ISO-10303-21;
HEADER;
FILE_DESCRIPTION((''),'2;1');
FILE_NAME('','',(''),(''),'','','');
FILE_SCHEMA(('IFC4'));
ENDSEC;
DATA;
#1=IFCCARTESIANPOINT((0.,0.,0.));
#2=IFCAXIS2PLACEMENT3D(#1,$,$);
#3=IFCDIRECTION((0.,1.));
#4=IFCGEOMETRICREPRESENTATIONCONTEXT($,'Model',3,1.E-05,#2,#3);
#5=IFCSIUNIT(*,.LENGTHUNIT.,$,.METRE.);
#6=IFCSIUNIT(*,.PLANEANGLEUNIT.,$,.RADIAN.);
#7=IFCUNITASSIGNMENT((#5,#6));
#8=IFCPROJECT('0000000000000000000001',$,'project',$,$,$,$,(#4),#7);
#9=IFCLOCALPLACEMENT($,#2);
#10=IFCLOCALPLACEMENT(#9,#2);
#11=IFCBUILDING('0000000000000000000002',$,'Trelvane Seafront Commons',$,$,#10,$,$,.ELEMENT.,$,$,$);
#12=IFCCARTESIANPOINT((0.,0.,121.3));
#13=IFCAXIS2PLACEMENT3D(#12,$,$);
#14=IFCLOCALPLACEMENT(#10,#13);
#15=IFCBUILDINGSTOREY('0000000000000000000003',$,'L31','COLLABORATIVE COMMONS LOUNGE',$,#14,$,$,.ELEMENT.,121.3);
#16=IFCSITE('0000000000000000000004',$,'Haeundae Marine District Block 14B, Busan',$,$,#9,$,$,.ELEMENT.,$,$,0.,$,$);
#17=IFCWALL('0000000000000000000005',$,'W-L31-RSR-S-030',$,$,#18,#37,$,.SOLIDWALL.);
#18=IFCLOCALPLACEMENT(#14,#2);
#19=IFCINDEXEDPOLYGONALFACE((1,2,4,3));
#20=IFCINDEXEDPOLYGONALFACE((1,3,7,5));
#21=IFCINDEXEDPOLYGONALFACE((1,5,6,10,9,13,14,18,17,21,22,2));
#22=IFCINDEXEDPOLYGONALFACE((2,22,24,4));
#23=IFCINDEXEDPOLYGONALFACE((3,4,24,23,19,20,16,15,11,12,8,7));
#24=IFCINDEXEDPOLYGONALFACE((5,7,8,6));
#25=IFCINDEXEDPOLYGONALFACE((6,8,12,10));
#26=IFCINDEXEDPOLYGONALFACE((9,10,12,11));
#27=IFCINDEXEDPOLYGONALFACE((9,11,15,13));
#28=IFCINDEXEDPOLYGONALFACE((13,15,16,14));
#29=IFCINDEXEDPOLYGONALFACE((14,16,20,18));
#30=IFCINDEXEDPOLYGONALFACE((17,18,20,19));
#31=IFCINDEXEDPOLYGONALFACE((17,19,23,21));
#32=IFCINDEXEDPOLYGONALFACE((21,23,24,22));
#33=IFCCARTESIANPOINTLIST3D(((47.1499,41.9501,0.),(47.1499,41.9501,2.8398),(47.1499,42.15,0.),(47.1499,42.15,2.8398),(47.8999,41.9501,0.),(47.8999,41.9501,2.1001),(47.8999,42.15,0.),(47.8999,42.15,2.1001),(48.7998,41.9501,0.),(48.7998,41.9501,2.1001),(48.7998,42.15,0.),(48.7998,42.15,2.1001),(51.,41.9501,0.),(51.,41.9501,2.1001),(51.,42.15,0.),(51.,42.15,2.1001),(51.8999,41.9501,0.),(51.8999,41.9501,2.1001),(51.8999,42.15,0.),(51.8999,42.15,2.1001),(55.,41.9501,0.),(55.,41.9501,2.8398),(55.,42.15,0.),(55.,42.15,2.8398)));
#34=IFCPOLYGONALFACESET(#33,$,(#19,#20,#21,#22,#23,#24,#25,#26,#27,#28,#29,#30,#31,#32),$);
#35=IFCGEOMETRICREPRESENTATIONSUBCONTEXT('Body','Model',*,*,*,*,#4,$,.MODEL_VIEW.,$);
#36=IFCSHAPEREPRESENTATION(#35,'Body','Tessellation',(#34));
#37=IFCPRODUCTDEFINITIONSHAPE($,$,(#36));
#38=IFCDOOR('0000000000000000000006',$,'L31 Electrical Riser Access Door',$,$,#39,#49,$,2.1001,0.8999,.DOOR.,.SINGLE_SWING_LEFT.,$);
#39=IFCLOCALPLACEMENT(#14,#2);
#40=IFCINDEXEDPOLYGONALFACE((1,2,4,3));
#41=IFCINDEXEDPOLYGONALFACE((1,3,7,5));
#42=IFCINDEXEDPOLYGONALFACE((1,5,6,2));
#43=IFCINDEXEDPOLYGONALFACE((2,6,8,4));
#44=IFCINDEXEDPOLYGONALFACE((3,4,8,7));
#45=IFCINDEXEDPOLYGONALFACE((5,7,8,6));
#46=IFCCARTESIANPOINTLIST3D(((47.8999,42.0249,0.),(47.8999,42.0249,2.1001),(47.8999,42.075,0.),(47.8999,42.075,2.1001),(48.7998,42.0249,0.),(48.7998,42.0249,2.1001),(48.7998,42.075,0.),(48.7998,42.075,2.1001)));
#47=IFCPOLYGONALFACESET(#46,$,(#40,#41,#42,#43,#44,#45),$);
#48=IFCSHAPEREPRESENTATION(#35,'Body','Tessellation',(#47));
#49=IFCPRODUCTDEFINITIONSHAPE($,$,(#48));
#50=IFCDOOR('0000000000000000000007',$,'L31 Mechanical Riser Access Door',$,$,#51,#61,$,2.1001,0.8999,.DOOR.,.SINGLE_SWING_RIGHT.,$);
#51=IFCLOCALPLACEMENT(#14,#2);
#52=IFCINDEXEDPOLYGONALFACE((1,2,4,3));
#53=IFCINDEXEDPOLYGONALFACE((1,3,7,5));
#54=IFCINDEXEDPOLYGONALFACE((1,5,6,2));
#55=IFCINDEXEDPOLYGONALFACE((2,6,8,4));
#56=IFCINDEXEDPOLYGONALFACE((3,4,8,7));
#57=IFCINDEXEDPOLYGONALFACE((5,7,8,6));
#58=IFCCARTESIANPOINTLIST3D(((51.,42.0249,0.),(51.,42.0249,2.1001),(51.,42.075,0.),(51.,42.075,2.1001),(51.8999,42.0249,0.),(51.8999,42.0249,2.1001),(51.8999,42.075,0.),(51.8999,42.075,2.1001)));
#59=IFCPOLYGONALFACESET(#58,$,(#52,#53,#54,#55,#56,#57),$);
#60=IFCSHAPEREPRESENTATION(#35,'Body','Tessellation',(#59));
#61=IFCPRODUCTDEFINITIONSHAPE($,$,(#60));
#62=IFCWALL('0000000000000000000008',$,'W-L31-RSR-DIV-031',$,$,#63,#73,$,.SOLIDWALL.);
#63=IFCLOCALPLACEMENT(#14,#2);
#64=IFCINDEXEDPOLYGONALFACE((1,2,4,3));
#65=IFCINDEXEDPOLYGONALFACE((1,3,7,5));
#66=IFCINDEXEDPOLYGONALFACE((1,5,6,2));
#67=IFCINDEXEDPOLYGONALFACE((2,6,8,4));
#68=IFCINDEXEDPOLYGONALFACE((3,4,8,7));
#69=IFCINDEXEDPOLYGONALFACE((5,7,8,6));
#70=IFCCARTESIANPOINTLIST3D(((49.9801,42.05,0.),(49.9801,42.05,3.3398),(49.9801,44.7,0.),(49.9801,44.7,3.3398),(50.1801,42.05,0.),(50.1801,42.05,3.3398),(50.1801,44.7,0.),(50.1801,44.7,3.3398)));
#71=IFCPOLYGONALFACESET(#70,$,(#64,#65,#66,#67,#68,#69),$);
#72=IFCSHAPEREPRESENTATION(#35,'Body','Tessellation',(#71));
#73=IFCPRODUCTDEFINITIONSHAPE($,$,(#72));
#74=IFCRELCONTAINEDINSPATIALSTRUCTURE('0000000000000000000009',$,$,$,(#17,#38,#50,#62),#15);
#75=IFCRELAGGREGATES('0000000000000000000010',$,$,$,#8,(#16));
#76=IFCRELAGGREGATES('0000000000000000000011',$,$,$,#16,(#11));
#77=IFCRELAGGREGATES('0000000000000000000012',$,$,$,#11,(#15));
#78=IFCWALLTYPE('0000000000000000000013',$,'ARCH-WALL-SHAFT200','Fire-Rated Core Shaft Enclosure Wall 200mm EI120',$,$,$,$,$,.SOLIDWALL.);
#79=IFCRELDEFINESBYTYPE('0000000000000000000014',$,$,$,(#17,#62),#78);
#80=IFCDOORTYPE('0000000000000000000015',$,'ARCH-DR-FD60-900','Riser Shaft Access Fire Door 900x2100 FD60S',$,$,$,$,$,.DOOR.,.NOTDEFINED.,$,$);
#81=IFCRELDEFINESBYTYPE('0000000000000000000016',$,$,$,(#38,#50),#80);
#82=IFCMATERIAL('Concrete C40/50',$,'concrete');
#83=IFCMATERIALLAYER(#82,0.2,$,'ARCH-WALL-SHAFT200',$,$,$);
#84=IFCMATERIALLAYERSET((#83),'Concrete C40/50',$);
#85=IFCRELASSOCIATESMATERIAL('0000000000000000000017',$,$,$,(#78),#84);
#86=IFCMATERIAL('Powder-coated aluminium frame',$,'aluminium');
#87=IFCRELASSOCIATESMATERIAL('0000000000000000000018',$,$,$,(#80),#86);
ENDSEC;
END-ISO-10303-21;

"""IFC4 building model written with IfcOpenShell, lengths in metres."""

from ifc_helpers import new_model, si_unit, direction, frame, frame_2d, origin, place, context, subcontext, project, spatial, rectangle, extrude, source, transform, mapped, material, layer, layer_set, type_object, element, fill, save


model = new_model("IFC4")

# Units and contexts
model_context = context("Model", 3, precision=1e-05, world=origin(), true_north=direction((0.0, 1.0)))
body_context = subcontext(model_context, "Body", "Model", "MODEL_VIEW")
ifc_project = project(units=[si_unit("LENGTHUNIT", "METRE"), si_unit("PLANEANGLEUNIT", "RADIAN")], contexts=[model_context])

# Site, building, storey
site_placement = place(None, origin())
site = spatial("IfcSite", under=ifc_project, at=site_placement, Name="Haeundae Marine District Block 14B, Busan", CompositionType="ELEMENT", RefElevation=0.0)
building_placement = place(site_placement, origin())
building = spatial("IfcBuilding", under=site, at=building_placement, Name="Trelvane Seafront Commons", CompositionType="ELEMENT")
storey_placement = place(building_placement, frame((0.0, 0.0, 121.3)))
storey = spatial("IfcBuildingStorey", under=building, at=storey_placement, Name="L31", Description="COLLABORATIVE COMMONS LOUNGE", CompositionType="ELEMENT", Elevation=121.3)

# Shared definitions
ifc_material_1 = material(Name="Concrete C40/50", Category="concrete")
ifc_layer_1 = layer(ifc_material_1, 0.2, Name="ARCH-WALL-SHAFT200")
ifc_layer_set_1 = layer_set([ifc_layer_1], Name="Concrete C40/50")
wall_type_1 = type_object("IfcWallType", Name="ARCH-WALL-SHAFT200", Description="Fire-Rated Core Shaft Enclosure Wall 200mm EI120", PredefinedType="SOLIDWALL", material=ifc_layer_set_1)

# Wall, openings, doors
wall_1_placement = place(storey_placement, frame((47.1499, 42.05, 0.0), z_axis=(0.0, 0.0, 1.0), x_axis=(1.0, 0.0, 0.0)))
wall_1 = element("IfcWall", 1, at=wall_1_placement, inside=storey, type_object=wall_type_1, Name="W-L31-RSR-S-030", PredefinedType="SOLIDWALL", context=body_context, shape_type="SweptSolid", body=[
    extrude(rectangle(XDim=7.8501, YDim=0.2, at=frame_2d((3.925, 0.0))), origin(), (0.0, 0.0, 1.0), 2.8398),
])
opening_1_placement = place(wall_1_placement, frame((0.75, 0.0, 0.0)))
opening_1 = element("IfcOpeningElement", 2, at=opening_1_placement, cuts=wall_1, PredefinedType="OPENING", context=body_context, shape_type="SweptSolid", body=[
    extrude(rectangle(XDim=0.8999, YDim=2.1001, at=frame_2d((0.45, 1.05))), frame((0.0, 0.1099, 0.0), z_axis=(0.0, -1.0, 0.0), x_axis=(1.0, 0.0, 0.0)), (0.0, 0.0, 1.0), 0.22),
])
opening_2_placement = place(wall_1_placement, frame((3.8501, 0.0, 0.0)))
opening_2 = element("IfcOpeningElement", 3, at=opening_2_placement, cuts=wall_1, PredefinedType="OPENING", context=body_context, shape_type="SweptSolid", body=[
    extrude(rectangle(XDim=0.8999, YDim=2.1001, at=frame_2d((0.45, 1.05))), frame((0.0, 0.1099, 0.0), z_axis=(0.0, -1.0, 0.0), x_axis=(1.0, 0.0, 0.0)), (0.0, 0.0, 1.0), 0.22),
])
ifc_material_2 = material(Name="Powder-coated aluminium frame", Category="aluminium")
door_type = type_object("IfcDoorType", Name="ARCH-DR-FD60-900", Description="Riser Shaft Access Fire Door 900x2100 FD60S", OperationType="NOTDEFINED", PredefinedType="DOOR", material=ifc_material_2)
shared_shape_1 = source(origin(), body_context, "Body", "SweptSolid", [
    extrude(rectangle(XDim=0.8999, YDim=2.1001, at=frame_2d((0.45, 1.05))), frame((0.0, 0.0249, 0.0), z_axis=(0.0, -1.0, 0.0), x_axis=(1.0, 0.0, 0.0)), (0.0, 0.0, 1.0), 0.05),
])
door_1_placement = place(opening_1_placement, origin())
door_1 = element("IfcDoor", 4, at=door_1_placement, inside=storey, type_object=door_type, Name="L31 Electrical Riser Access Door", OperationType="SINGLE_SWING_LEFT", OverallHeight=2.1001, OverallWidth=0.8999, PredefinedType="DOOR", context=body_context, shape_type="MappedRepresentation", body=[
    mapped(shared_shape_1, transform((0.0, 0.0, 0.0), x_axis=(1.0, 0.0, 0.0), y_axis=(0.0, 1.0, 0.0), z_axis=(0.0, 0.0, 1.0), scale=1.0)),
])
fill(opening_1, door_1)
door_2_placement = place(opening_2_placement, origin())
door_2 = element("IfcDoor", 5, at=door_2_placement, inside=storey, type_object=door_type, Name="L31 Mechanical Riser Access Door", OperationType="SINGLE_SWING_RIGHT", OverallHeight=2.1001, OverallWidth=0.8999, PredefinedType="DOOR", context=body_context, shape_type="MappedRepresentation", body=[
    mapped(shared_shape_1, transform((0.0, 0.0, 0.0), x_axis=(1.0, 0.0, 0.0), y_axis=(0.0, 1.0, 0.0), z_axis=(0.0, 0.0, 1.0), scale=1.0)),
])
fill(opening_2, door_2)

# Wall
wall_2_placement = place(storey_placement, frame((50.0801, 42.05, 0.0), z_axis=(0.0, 0.0, 1.0), x_axis=(0.0, 1.0, 0.0)))
element("IfcWall", 6, at=wall_2_placement, inside=storey, type_object=wall_type_1, Name="W-L31-RSR-DIV-031", PredefinedType="SOLIDWALL", context=body_context, shape_type="SweptSolid", body=[
    extrude(rectangle(XDim=2.6499, YDim=0.2, at=frame_2d((1.325, 0.0))), origin(), (0.0, 0.0, 1.0), 3.3398),
])

save(model, "model.ifc")
